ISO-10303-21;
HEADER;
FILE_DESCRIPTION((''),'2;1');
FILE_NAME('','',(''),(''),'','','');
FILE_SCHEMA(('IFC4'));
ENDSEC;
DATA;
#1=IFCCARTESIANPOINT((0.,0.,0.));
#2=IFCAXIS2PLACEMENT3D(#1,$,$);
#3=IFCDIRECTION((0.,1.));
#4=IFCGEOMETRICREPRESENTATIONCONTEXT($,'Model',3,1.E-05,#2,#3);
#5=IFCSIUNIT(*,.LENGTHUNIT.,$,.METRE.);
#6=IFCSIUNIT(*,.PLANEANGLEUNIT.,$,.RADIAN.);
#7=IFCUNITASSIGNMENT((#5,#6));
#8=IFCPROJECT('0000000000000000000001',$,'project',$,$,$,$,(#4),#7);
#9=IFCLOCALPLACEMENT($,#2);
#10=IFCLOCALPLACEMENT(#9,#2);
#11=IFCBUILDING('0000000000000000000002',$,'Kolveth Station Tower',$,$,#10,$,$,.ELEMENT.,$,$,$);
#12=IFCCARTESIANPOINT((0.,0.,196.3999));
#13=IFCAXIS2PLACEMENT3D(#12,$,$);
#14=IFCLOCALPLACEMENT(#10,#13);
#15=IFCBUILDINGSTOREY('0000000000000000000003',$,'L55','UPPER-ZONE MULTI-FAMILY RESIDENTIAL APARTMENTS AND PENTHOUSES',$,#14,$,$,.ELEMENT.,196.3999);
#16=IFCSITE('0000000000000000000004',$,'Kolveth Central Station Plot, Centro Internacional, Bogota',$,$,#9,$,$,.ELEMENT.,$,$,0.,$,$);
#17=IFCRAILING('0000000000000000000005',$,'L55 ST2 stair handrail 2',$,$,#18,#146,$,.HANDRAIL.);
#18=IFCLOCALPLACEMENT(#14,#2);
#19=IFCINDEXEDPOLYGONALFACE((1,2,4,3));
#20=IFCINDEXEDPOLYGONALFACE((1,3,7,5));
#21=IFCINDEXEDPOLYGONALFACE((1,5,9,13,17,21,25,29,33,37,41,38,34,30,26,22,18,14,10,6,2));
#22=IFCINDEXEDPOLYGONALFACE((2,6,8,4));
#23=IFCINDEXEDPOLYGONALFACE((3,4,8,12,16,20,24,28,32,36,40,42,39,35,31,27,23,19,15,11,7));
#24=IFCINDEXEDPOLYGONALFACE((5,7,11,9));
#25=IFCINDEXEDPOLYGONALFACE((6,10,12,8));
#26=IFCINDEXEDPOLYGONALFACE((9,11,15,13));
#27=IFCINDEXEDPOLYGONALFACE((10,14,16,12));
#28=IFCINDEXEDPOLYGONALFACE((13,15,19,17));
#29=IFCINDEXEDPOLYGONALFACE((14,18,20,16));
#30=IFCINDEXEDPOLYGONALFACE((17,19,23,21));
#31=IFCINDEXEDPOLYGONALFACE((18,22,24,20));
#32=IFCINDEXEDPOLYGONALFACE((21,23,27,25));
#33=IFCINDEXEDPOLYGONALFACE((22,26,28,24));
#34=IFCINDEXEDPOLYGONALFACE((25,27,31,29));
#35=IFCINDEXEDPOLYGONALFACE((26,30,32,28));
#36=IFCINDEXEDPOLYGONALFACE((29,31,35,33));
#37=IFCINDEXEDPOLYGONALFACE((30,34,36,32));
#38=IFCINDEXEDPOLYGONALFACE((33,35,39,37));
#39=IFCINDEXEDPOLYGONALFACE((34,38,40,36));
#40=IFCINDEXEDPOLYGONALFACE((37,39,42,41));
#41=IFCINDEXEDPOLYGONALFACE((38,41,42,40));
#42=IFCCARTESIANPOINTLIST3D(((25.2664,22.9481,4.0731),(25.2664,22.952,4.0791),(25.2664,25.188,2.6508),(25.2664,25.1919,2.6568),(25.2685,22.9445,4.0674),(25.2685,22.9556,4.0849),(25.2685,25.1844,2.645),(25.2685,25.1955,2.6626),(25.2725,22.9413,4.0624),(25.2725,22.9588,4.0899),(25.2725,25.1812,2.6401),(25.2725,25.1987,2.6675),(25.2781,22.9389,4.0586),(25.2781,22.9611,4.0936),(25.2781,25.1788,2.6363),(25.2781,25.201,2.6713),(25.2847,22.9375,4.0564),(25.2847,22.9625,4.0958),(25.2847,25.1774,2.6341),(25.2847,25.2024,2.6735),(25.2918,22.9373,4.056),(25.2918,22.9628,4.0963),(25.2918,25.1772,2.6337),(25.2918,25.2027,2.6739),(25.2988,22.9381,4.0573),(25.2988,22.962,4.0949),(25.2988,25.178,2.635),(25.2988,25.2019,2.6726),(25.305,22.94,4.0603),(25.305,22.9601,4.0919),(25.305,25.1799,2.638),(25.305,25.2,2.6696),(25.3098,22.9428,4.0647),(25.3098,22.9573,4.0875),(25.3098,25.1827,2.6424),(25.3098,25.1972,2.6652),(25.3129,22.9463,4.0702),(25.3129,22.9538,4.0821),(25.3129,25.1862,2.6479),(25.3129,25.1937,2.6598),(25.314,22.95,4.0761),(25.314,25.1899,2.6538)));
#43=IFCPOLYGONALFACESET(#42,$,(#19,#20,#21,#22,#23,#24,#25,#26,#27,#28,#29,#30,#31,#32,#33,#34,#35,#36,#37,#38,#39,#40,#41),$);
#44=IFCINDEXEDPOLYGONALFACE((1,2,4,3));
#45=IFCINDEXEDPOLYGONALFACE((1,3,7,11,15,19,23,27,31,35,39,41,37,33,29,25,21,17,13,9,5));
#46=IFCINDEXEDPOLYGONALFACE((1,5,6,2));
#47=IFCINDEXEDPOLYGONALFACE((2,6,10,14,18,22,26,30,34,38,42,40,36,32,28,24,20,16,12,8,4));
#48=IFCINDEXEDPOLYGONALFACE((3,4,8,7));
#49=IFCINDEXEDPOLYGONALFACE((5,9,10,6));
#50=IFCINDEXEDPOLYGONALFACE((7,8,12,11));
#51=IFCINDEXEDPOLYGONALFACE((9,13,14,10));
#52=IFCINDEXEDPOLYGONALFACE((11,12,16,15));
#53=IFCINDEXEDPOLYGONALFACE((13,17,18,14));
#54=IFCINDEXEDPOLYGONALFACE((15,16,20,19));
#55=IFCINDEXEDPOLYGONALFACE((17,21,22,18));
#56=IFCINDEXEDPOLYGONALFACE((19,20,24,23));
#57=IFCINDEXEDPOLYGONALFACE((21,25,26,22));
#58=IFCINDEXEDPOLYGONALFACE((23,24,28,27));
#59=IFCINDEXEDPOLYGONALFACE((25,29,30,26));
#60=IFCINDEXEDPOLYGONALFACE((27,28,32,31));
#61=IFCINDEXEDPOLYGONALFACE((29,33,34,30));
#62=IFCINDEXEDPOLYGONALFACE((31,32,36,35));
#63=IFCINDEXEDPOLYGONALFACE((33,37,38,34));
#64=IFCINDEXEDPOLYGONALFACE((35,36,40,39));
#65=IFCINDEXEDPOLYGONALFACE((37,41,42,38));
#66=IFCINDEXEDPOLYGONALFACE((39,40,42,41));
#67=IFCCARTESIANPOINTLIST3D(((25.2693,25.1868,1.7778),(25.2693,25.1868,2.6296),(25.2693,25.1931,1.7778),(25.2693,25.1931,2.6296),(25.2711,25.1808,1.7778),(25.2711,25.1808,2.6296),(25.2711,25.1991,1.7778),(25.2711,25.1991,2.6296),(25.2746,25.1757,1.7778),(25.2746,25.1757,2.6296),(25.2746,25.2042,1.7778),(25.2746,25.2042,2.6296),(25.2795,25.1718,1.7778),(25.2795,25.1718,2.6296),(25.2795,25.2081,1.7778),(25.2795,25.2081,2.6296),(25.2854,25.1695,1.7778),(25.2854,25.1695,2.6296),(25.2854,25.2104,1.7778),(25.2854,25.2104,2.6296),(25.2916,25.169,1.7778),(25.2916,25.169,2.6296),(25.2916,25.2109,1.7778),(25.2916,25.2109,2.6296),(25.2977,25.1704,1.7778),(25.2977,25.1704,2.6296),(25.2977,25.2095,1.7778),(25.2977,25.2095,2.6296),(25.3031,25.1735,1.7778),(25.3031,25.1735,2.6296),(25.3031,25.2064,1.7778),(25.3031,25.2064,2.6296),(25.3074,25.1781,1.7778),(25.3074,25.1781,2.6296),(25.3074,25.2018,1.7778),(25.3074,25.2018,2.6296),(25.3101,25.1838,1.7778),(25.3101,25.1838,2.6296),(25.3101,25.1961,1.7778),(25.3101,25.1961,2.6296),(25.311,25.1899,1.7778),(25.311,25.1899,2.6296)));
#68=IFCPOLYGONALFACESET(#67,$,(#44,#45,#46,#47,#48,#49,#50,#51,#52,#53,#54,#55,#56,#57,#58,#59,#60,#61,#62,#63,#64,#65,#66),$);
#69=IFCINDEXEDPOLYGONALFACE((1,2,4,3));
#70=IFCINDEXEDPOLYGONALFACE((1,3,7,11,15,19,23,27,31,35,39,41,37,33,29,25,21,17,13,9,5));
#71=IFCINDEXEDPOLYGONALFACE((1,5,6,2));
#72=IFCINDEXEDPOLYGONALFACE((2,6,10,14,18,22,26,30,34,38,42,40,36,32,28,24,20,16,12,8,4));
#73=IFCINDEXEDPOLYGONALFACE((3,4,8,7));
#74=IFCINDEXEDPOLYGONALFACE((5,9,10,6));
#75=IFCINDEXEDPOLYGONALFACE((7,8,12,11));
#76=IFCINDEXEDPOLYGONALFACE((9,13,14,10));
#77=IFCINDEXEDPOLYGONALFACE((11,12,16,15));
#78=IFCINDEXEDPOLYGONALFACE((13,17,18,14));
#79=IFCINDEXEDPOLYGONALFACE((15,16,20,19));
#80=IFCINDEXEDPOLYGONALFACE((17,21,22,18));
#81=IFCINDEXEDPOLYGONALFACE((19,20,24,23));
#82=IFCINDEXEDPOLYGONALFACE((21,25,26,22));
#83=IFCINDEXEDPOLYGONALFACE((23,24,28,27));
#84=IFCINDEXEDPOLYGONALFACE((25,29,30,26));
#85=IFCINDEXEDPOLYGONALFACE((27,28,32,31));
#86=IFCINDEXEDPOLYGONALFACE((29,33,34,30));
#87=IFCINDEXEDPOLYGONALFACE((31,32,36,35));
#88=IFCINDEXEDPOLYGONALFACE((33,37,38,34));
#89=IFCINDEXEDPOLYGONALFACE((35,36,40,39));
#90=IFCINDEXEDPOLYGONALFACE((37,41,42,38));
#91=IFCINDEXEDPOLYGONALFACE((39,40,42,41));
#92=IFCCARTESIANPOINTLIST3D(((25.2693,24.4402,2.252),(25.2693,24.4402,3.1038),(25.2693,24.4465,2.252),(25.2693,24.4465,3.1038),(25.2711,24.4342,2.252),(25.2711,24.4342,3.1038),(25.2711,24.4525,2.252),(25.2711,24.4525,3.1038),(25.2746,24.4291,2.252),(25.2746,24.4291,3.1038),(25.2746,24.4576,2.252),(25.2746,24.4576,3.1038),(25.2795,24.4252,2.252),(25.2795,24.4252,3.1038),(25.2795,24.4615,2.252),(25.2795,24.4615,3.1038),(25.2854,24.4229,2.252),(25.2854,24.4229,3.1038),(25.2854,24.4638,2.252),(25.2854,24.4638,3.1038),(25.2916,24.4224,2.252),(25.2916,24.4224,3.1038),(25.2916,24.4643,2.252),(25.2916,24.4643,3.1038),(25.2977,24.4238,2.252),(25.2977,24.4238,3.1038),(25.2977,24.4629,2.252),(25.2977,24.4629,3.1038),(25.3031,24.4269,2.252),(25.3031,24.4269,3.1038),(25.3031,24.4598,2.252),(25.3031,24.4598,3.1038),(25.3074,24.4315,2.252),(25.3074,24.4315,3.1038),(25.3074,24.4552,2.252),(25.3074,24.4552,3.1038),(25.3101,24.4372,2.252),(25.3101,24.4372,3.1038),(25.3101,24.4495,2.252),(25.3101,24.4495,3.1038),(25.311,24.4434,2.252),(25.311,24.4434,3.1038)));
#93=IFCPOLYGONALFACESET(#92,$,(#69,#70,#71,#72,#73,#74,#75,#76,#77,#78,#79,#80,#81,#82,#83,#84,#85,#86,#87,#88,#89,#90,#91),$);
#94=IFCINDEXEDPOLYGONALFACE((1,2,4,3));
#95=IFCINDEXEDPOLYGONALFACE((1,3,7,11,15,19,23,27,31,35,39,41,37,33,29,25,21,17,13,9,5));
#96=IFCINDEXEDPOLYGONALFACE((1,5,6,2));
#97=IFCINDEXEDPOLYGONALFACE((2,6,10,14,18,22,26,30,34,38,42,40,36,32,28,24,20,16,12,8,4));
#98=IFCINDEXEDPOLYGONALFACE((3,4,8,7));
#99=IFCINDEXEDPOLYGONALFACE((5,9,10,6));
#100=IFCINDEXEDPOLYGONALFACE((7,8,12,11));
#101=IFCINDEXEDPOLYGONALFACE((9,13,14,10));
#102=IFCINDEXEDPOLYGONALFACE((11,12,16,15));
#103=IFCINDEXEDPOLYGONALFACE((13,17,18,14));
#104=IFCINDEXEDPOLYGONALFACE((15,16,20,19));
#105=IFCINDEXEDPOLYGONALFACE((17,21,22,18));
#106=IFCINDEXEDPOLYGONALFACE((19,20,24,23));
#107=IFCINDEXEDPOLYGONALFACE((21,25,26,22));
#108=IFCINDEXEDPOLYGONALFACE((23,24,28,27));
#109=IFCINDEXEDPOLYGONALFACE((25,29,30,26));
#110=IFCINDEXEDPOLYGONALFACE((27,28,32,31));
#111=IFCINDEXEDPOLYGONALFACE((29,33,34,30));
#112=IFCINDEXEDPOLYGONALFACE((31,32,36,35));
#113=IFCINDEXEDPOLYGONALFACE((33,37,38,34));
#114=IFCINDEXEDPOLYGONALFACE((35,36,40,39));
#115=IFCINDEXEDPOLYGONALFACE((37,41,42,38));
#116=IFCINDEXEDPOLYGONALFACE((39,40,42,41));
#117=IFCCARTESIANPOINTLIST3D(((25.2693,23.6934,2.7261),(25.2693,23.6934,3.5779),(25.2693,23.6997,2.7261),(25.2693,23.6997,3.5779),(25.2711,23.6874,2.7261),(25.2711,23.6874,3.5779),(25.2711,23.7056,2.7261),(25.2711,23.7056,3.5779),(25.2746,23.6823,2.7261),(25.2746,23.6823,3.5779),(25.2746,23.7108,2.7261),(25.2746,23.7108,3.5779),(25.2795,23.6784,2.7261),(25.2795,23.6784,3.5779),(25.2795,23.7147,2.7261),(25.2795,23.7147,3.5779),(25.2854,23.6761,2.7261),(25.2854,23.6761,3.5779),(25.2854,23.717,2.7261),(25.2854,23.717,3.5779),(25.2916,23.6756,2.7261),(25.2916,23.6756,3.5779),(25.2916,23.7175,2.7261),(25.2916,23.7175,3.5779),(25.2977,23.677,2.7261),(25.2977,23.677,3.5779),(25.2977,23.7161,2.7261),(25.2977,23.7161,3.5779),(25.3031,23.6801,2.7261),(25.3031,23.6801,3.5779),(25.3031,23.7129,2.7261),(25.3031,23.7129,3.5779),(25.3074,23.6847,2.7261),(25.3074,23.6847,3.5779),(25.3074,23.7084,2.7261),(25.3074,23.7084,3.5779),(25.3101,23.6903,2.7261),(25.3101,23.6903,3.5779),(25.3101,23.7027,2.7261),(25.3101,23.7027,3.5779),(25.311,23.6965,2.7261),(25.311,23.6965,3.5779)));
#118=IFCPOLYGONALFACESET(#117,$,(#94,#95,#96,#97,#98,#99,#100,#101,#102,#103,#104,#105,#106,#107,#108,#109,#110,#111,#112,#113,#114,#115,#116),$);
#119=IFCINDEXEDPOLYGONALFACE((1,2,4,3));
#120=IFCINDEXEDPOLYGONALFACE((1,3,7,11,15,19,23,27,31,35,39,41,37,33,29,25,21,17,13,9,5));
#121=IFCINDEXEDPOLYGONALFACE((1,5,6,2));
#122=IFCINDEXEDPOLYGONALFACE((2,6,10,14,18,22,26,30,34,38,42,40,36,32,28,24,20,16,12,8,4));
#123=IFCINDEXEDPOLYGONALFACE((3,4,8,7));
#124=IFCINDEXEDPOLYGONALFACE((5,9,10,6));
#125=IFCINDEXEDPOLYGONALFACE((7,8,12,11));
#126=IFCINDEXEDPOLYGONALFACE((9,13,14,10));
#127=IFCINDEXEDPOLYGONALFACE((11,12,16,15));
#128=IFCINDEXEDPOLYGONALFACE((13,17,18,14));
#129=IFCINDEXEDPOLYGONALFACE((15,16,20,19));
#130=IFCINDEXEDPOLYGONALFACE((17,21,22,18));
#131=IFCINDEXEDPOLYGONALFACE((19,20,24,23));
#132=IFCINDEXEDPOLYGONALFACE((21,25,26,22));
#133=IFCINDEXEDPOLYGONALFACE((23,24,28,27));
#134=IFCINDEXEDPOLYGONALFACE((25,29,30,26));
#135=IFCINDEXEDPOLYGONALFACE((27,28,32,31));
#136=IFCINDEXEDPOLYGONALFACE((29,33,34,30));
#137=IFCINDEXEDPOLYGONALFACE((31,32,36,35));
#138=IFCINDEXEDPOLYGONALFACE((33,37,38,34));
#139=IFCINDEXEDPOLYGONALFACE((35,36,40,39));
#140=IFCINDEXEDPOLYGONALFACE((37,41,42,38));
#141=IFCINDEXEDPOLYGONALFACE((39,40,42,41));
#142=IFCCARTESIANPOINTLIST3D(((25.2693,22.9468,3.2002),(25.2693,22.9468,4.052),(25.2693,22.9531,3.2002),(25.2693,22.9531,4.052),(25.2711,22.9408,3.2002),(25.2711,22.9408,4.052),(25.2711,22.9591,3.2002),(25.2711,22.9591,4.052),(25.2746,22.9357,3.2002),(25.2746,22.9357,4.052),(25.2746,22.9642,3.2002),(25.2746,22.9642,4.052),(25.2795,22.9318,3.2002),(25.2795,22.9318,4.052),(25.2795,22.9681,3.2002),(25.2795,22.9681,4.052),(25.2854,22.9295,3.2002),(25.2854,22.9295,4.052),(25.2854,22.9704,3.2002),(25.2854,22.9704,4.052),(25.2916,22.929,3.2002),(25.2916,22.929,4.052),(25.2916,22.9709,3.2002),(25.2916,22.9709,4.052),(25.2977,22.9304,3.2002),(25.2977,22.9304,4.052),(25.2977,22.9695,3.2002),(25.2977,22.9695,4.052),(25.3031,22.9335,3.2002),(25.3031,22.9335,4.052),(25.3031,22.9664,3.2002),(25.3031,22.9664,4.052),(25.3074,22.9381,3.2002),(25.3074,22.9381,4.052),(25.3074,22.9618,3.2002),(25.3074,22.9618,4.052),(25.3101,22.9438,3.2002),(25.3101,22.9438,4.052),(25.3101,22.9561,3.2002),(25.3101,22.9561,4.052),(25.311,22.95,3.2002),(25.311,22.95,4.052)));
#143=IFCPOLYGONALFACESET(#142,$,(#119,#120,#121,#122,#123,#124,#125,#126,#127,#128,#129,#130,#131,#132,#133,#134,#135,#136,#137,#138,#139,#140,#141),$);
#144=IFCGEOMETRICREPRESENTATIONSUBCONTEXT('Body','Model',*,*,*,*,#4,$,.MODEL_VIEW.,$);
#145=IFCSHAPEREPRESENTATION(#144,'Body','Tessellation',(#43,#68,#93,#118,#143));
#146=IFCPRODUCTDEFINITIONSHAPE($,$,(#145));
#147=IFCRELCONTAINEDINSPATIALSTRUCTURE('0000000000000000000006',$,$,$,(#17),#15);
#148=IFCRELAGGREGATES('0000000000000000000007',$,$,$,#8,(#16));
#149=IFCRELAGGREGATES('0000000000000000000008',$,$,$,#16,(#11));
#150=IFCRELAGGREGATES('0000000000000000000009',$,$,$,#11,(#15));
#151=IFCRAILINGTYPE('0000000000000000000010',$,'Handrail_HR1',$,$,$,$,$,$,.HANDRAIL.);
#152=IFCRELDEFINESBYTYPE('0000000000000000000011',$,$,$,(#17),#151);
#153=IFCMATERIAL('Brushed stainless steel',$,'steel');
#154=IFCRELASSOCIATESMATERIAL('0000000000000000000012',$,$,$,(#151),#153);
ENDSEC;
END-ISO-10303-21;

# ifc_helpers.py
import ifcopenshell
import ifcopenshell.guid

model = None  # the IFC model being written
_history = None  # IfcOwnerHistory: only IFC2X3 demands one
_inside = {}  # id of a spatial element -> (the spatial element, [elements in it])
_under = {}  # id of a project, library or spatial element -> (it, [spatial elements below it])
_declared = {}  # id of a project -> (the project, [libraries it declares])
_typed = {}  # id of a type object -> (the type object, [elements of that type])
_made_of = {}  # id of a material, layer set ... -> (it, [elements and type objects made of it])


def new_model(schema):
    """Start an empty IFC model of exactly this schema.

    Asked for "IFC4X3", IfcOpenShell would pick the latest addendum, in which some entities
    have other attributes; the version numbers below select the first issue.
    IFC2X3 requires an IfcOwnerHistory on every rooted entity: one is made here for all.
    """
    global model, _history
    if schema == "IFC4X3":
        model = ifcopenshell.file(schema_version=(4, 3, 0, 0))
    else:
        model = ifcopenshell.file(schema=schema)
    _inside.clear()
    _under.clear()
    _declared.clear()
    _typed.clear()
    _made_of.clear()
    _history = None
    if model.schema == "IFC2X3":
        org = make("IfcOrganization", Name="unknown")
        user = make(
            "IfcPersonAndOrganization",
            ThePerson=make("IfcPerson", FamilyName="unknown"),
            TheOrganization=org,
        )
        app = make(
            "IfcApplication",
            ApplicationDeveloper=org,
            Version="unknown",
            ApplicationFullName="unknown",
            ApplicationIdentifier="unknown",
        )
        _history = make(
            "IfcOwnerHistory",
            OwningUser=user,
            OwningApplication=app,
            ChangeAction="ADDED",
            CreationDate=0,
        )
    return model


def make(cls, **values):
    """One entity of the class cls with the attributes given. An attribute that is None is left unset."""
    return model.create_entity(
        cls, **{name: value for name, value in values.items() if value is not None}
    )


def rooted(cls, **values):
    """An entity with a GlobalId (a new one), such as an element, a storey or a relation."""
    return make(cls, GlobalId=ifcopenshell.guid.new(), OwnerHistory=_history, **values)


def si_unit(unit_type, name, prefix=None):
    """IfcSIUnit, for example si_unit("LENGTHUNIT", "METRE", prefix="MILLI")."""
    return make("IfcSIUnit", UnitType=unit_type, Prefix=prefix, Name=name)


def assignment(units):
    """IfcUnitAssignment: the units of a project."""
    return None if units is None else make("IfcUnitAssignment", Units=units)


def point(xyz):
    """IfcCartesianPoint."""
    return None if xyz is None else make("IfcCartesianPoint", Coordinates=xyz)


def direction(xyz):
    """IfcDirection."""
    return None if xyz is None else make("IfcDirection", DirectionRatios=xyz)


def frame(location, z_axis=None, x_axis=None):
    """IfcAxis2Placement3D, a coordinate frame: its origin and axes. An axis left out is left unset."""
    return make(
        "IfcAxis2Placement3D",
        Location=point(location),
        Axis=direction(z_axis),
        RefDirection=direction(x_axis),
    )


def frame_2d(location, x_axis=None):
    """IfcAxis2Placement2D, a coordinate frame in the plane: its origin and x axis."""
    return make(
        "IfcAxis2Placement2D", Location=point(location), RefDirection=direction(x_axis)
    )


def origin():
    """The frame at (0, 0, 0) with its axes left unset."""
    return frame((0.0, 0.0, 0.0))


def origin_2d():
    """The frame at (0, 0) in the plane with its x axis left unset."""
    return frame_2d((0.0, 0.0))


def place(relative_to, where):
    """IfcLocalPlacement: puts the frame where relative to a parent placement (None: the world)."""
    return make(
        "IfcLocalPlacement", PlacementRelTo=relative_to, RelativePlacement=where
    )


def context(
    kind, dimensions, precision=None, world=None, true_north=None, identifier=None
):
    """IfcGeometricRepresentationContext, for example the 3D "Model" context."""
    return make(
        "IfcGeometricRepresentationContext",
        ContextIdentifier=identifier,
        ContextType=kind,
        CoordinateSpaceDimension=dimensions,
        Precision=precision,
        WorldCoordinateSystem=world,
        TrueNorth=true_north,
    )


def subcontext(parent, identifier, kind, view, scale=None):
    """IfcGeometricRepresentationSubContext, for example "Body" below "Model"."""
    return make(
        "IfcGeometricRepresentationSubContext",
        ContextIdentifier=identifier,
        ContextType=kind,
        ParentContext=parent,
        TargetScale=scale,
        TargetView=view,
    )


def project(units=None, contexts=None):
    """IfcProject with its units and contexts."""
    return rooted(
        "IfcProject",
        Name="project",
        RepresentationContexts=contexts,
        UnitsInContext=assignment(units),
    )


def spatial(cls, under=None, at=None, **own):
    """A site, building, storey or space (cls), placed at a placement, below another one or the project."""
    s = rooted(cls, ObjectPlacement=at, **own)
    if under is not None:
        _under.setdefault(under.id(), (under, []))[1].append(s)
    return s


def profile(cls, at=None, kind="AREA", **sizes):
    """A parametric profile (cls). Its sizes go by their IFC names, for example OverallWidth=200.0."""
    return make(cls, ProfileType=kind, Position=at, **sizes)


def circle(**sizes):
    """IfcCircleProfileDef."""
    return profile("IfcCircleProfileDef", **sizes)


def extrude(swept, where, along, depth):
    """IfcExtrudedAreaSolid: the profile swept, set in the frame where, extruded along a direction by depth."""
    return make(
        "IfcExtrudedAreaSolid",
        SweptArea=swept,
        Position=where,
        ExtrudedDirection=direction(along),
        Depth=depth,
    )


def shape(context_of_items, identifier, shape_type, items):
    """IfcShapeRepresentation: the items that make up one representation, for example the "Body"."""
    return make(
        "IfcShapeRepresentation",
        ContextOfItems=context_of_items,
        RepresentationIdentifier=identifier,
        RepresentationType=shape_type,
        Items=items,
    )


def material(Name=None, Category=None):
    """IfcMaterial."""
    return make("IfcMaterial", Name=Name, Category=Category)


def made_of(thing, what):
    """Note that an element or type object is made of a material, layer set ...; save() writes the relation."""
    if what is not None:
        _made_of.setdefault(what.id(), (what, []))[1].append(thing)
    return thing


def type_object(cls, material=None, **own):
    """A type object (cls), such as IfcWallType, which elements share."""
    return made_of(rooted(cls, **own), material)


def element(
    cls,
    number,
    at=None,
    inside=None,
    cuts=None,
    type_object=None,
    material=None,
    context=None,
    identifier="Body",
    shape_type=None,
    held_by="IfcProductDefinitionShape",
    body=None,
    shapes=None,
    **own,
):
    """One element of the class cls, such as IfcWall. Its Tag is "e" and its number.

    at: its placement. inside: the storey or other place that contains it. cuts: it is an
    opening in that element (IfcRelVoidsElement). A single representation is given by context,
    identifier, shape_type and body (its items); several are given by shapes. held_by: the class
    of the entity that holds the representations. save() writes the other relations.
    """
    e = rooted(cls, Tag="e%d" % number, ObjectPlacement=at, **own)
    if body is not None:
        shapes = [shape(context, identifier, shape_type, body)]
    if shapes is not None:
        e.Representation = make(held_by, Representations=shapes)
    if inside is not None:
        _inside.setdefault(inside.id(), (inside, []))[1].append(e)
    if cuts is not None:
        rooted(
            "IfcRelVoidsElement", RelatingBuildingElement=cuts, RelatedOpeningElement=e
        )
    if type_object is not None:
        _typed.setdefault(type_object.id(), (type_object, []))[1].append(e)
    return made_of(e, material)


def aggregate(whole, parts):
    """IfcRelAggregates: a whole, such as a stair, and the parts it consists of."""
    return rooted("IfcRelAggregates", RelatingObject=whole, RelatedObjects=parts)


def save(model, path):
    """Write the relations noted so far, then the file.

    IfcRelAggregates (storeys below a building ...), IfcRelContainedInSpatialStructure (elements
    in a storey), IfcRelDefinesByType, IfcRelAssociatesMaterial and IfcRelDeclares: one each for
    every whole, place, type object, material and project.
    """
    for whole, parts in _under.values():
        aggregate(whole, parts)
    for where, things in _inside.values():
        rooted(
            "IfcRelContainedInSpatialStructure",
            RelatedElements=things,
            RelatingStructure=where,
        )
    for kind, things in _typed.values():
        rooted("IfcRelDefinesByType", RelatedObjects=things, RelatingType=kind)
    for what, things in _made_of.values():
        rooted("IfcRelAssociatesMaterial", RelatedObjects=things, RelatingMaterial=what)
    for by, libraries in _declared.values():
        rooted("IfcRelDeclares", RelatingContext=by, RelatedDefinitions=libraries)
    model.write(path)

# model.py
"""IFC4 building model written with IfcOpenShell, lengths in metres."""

from ifc_helpers import new_model, si_unit, direction, frame, origin, origin_2d, place, context, subcontext, project, spatial, circle, extrude, material, type_object, element, save


model = new_model("IFC4")

# Units and contexts
model_context = context("Model", 3, precision=1e-05, world=origin(), true_north=direction((0.0, 1.0)))
body_context = subcontext(model_context, "Body", "Model", "MODEL_VIEW")
ifc_project = project(units=[si_unit("LENGTHUNIT", "METRE"), si_unit("PLANEANGLEUNIT", "RADIAN")], contexts=[model_context])

# Site, building, storey
site_placement = place(None, origin())
site = spatial("IfcSite", under=ifc_project, at=site_placement, Name="Kolveth Central Station Plot, Centro Internacional, Bogota", CompositionType="ELEMENT", RefElevation=0.0)
building_placement = place(site_placement, origin())
building = spatial("IfcBuilding", under=site, at=building_placement, Name="Kolveth Station Tower", CompositionType="ELEMENT")
storey_placement = place(building_placement, frame((0.0, 0.0, 196.3999)))
storey = spatial("IfcBuildingStorey", under=building, at=storey_placement, Name="L55", Description="UPPER-ZONE MULTI-FAMILY RESIDENTIAL APARTMENTS AND PENTHOUSES", CompositionType="ELEMENT", Elevation=196.3999)

# Railing
ifc_material_1 = material(Name="Brushed stainless steel", Category="steel")
railing_type_1 = type_object("IfcRailingType", Name="Handrail_HR1", PredefinedType="HANDRAIL", material=ifc_material_1)
railing_1_placement = place(storey_placement, frame((25.29, 25.1899, 1.7778)))
element("IfcRailing", 1, at=railing_1_placement, inside=storey, type_object=railing_type_1, Name="L55 ST2 stair handrail 2", PredefinedType="HANDRAIL", context=body_context, shape_type="SweptSolid", body=[
    extrude(circle(Radius=0.0239, at=origin_2d()), frame((0.0, 0.0, 0.876), z_axis=(0.0, -0.844188, 0.536048), x_axis=(1.0, 0.0, 0.0)), (0.0, 0.0, 1.0), 2.6533),
    extrude(circle(Radius=0.021, at=origin_2d()), origin(), (0.0, 0.0, 1.0), 0.8518),
    extrude(circle(Radius=0.021, at=origin_2d()), frame((0.0, -0.7466, 0.4741)), (0.0, 0.0, 1.0), 0.8518),
    extrude(circle(Radius=0.021, at=origin_2d()), frame((0.0, -1.4934, 0.9482)), (0.0, 0.0, 1.0), 0.8518),
    extrude(circle(Radius=0.021, at=origin_2d()), frame((0.0, -2.24, 1.4224)), (0.0, 0.0, 1.0), 0.8518),
])

save(model, "model.ifc")
